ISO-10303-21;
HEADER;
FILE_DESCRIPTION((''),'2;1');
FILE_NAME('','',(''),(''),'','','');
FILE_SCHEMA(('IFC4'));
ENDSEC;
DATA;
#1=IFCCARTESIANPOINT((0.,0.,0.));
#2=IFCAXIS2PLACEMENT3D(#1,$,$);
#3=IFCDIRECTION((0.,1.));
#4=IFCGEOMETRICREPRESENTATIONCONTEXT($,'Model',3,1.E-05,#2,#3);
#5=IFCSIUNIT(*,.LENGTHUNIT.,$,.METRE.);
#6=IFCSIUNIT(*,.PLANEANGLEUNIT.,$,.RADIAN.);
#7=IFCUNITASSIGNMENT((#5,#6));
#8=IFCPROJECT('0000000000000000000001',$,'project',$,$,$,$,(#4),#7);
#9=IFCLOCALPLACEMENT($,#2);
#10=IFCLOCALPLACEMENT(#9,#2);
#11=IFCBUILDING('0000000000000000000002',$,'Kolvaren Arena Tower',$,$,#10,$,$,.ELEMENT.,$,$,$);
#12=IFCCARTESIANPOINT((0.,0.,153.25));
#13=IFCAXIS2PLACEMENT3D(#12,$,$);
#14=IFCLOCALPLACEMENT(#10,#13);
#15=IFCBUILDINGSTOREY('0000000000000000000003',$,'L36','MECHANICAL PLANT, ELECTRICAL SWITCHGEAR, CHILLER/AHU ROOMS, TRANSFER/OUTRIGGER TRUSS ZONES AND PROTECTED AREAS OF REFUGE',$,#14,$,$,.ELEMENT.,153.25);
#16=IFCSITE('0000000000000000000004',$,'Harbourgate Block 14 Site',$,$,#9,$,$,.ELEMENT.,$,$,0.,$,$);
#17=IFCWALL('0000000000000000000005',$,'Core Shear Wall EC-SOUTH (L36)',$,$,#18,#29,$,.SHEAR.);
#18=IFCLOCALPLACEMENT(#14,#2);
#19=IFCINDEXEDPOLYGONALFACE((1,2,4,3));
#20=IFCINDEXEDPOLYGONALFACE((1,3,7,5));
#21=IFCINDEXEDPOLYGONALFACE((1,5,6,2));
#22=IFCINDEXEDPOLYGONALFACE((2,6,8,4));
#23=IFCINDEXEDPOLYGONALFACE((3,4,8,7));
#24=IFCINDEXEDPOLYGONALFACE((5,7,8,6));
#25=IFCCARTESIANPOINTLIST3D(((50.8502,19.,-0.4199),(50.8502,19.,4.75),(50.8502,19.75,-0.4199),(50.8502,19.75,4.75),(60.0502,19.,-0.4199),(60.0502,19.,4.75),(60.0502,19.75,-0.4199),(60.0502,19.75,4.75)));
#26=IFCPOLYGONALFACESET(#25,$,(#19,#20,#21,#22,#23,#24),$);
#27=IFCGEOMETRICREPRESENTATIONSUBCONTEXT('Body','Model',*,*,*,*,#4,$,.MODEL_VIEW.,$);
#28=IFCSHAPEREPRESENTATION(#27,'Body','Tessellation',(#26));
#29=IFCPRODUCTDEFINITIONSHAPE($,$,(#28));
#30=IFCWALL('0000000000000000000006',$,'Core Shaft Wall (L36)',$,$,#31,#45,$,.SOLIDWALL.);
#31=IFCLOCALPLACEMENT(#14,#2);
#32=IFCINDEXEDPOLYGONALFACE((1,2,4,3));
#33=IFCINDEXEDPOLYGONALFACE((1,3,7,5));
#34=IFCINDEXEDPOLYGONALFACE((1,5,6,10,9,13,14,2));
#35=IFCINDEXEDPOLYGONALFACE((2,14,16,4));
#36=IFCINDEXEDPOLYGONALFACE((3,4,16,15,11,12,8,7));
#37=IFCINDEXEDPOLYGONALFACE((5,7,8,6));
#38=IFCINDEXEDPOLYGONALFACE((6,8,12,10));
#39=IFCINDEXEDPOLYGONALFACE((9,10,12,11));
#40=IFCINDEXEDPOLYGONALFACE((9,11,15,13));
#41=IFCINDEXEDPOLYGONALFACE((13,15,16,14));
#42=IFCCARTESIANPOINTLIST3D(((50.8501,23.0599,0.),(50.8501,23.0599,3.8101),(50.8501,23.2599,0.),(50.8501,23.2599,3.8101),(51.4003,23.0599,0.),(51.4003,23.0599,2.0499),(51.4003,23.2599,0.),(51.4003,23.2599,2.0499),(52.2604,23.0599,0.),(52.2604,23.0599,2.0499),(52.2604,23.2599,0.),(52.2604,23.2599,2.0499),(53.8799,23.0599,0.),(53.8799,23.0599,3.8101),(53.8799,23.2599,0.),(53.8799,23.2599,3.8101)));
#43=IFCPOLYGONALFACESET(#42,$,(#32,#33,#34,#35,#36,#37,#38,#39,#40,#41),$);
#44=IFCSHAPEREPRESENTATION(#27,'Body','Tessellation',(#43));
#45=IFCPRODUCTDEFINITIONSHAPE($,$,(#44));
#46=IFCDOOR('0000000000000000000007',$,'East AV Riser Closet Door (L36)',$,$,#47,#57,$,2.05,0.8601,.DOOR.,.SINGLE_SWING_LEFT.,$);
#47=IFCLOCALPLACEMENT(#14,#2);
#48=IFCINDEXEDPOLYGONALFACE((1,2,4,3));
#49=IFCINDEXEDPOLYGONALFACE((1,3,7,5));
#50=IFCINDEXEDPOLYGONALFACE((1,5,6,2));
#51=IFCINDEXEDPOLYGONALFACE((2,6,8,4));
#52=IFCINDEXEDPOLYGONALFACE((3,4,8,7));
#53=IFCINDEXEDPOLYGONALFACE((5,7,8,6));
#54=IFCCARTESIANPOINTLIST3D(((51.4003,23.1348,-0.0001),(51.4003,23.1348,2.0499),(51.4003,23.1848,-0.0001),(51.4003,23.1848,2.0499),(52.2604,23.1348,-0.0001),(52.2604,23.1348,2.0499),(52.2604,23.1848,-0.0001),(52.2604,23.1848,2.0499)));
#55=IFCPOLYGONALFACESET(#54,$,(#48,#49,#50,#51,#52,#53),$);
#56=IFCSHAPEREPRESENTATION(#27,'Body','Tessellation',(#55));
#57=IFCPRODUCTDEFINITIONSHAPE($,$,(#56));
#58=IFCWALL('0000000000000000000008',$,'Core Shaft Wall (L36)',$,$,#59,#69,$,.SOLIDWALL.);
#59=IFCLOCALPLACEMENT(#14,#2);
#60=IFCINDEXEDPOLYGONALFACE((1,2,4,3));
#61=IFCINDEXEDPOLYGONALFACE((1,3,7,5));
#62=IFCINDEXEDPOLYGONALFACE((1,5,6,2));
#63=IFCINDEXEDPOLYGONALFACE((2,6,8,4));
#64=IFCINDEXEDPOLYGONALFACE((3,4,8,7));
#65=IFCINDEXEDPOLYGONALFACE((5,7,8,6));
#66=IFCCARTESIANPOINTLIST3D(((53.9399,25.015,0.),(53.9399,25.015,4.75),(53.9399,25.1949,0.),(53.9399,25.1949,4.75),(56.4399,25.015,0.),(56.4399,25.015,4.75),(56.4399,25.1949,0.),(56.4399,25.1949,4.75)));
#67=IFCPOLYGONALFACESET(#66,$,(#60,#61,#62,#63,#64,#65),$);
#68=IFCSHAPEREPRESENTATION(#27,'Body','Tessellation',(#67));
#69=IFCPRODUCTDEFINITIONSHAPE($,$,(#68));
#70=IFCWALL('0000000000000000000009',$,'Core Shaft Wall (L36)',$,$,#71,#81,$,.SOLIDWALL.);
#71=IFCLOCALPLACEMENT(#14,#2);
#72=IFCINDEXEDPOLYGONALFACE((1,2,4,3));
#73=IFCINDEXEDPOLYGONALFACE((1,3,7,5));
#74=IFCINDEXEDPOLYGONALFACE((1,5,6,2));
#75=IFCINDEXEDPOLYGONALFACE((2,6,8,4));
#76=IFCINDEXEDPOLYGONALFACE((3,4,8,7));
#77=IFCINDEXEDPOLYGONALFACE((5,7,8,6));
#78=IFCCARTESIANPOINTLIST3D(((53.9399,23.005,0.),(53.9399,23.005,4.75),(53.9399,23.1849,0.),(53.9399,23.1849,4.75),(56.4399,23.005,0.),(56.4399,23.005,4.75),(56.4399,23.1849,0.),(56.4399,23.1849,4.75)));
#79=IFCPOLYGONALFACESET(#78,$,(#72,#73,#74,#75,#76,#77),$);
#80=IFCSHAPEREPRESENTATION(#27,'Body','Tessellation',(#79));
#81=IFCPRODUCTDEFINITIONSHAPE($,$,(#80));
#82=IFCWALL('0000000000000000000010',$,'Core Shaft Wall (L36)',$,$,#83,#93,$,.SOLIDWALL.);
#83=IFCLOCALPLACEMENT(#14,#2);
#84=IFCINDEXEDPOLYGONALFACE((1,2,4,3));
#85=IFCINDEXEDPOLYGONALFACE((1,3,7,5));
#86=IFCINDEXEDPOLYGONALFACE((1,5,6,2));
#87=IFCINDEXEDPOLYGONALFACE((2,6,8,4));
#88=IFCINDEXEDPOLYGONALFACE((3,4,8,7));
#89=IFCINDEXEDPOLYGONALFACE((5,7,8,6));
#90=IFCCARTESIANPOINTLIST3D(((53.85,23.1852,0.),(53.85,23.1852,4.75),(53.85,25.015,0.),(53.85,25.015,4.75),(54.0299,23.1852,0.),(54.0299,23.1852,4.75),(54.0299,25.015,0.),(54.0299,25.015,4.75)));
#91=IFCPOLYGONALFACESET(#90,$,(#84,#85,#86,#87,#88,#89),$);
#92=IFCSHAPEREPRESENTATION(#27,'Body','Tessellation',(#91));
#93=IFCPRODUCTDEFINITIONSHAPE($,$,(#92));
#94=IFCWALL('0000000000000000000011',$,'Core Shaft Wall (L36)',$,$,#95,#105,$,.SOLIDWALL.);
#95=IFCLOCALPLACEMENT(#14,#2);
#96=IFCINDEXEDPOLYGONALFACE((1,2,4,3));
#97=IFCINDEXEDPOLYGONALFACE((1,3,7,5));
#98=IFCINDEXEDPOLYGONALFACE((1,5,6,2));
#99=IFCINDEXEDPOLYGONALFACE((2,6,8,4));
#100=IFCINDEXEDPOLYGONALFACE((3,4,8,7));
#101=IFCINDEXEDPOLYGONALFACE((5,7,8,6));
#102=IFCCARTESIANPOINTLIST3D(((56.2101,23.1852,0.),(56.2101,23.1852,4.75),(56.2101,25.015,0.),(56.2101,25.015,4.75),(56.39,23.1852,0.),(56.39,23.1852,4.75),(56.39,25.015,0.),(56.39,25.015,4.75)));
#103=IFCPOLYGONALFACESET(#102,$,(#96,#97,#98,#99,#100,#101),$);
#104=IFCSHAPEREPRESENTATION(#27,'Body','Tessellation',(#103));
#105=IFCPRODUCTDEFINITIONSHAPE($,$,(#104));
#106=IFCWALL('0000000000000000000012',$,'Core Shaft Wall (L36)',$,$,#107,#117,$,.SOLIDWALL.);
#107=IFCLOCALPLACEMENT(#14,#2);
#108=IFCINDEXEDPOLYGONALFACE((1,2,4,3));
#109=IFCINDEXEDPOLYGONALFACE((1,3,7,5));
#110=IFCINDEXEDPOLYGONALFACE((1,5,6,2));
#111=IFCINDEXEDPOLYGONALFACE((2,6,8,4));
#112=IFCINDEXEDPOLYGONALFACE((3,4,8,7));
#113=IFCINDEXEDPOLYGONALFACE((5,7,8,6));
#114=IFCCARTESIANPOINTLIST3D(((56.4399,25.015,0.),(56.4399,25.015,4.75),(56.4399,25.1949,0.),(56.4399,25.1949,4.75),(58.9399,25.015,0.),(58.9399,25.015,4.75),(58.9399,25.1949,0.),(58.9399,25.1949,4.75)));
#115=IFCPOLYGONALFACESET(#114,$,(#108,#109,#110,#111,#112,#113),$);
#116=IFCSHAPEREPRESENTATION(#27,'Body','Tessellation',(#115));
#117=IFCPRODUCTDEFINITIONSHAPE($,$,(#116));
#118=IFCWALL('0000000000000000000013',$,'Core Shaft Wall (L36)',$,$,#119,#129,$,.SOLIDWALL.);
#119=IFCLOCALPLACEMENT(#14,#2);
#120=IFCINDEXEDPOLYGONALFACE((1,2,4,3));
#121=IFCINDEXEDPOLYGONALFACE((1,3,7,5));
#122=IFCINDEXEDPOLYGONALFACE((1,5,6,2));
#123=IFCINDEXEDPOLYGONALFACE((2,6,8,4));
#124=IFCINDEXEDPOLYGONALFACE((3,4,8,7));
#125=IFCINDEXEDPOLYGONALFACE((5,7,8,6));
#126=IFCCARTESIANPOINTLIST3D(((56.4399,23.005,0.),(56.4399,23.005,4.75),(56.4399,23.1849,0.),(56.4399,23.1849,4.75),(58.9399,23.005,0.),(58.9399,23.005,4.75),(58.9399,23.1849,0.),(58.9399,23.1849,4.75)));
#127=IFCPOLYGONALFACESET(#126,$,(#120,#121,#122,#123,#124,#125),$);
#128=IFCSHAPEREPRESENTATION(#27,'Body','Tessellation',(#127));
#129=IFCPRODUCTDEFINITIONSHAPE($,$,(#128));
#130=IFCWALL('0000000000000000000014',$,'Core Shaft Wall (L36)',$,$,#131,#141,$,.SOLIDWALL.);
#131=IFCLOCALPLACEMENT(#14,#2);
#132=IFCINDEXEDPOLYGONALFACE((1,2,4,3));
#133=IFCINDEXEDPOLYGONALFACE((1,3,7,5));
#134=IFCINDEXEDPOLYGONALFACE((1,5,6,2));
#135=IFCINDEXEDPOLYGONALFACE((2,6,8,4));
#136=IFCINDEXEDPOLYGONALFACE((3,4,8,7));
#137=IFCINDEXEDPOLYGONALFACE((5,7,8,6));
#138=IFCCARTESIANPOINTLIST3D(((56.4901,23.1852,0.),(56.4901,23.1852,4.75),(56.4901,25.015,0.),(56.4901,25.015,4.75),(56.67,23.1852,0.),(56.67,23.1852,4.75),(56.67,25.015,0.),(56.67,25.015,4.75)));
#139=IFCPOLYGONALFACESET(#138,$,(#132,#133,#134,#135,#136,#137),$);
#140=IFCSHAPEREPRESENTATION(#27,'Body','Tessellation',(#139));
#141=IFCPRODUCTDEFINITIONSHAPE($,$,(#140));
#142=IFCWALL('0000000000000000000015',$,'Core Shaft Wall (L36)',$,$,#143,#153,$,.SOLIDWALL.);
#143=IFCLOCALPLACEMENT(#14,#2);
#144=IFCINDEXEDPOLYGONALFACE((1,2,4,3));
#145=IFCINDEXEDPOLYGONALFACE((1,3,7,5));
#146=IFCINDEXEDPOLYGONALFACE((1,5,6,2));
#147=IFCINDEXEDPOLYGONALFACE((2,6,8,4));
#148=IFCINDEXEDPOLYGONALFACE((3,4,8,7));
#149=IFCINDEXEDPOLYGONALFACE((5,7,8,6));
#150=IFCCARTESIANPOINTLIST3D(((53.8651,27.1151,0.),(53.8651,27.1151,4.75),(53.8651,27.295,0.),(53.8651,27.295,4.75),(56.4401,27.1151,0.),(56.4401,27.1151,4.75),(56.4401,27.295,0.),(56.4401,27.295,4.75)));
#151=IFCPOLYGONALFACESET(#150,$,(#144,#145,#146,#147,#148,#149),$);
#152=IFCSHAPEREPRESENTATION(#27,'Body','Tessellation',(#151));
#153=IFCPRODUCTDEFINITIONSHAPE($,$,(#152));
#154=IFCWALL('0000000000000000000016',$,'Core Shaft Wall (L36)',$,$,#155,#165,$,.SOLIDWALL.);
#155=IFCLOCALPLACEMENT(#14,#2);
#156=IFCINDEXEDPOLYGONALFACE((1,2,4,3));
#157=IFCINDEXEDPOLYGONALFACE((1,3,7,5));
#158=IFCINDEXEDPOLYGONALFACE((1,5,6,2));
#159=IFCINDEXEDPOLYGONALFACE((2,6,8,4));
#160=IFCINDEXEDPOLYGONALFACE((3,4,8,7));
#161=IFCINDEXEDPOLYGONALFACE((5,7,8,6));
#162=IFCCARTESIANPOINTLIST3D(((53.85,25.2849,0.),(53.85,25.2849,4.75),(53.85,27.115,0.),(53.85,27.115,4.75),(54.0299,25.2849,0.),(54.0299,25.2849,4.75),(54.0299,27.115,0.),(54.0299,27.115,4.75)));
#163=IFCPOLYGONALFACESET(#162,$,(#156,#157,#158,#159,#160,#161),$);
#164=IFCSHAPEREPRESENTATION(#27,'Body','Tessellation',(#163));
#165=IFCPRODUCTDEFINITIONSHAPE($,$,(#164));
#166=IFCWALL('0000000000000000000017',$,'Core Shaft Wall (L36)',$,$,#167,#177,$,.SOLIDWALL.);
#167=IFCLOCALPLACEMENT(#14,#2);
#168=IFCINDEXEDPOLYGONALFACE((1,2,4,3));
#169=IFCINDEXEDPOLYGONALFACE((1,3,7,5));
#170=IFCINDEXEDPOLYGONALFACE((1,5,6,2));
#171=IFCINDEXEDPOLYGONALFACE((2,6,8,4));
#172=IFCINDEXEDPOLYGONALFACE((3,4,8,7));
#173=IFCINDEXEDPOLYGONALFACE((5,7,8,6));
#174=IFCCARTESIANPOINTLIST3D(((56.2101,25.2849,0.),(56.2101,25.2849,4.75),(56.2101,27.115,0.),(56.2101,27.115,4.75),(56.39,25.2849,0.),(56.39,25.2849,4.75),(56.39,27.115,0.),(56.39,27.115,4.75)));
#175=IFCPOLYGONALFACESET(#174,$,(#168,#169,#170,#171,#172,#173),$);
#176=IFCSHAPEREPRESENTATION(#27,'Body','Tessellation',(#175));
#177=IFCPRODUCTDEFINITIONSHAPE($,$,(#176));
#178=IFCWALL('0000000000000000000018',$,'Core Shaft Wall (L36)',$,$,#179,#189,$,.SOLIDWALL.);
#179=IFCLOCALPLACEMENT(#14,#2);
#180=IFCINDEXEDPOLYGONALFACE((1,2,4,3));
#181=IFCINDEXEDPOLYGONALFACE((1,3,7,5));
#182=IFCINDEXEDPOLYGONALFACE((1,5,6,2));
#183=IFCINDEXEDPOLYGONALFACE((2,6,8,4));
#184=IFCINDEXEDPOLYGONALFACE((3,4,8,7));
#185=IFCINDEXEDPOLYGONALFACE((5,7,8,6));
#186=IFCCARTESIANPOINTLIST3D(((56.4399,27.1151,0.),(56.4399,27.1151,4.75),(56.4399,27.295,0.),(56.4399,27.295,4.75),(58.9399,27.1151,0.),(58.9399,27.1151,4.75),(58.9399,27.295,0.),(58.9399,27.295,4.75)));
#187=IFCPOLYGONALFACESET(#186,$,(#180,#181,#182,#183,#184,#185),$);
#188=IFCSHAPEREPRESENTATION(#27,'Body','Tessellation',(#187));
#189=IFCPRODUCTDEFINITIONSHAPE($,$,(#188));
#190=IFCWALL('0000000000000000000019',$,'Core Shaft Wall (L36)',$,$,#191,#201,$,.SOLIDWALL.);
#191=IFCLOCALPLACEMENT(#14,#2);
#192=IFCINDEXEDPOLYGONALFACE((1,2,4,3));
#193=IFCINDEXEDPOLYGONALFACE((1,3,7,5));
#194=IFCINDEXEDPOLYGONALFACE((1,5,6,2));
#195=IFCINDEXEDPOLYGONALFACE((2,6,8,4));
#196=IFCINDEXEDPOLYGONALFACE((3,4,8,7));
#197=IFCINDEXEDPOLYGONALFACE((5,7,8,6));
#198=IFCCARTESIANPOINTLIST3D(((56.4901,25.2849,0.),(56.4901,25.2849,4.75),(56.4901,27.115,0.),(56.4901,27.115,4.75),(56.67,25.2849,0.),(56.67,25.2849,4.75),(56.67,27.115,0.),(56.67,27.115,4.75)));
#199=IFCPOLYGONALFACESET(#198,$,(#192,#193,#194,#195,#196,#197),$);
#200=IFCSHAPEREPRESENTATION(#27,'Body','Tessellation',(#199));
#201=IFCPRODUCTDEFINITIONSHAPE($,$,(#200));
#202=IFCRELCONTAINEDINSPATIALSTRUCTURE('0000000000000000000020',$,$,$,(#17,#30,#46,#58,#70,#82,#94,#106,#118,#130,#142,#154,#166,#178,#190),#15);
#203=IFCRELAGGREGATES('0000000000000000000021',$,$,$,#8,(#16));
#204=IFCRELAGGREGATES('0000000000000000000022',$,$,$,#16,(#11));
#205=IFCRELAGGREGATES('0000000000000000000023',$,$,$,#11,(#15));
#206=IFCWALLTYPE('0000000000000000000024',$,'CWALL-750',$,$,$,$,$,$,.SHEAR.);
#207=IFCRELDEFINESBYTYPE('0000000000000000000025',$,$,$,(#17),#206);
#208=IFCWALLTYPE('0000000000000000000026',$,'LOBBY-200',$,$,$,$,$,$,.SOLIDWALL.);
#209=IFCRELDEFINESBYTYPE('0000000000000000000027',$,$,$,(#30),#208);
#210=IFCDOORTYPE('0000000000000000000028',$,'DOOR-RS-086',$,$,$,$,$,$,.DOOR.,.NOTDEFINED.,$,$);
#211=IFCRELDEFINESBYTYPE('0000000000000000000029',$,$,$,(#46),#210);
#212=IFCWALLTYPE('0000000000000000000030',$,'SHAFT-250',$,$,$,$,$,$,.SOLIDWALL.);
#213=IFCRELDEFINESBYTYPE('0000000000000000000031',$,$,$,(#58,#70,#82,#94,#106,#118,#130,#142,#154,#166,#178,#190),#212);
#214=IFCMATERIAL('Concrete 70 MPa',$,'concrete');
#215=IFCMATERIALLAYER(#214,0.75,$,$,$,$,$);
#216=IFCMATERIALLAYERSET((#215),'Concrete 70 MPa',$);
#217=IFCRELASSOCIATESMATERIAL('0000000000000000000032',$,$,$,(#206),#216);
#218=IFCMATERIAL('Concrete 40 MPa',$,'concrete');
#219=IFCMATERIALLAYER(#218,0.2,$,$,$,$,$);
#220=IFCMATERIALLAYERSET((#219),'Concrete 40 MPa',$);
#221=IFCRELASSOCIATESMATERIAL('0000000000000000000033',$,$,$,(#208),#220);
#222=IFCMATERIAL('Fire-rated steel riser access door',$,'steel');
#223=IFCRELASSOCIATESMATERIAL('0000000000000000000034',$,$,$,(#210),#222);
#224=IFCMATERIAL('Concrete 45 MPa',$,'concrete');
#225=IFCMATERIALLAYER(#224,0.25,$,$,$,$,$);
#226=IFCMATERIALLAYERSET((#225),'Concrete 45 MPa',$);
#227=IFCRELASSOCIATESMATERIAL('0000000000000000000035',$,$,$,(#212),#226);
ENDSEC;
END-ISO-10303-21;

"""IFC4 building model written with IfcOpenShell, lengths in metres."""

from ifc_helpers import new_model, si_unit, direction, frame, frame_2d, origin, place, context, subcontext, project, spatial, rectangle, extrude, material, layer, layer_set, type_object, element, fill, save


model = new_model("IFC4")

# Units and contexts
model_context = context("Model", 3, precision=1e-05, world=origin(), true_north=direction((0.0, 1.0)))
body_context = subcontext(model_context, "Body", "Model", "MODEL_VIEW")
ifc_project = project(units=[si_unit("LENGTHUNIT", "METRE"), si_unit("PLANEANGLEUNIT", "RADIAN")], contexts=[model_context])

# Site, building, storey
site_placement = place(None, origin())
site = spatial("IfcSite", under=ifc_project, at=site_placement, Name="Harbourgate Block 14 Site", CompositionType="ELEMENT", RefElevation=0.0)
building_placement = place(site_placement, origin())
building = spatial("IfcBuilding", under=site, at=building_placement, Name="Kolvaren Arena Tower", CompositionType="ELEMENT")
storey_placement = place(building_placement, frame((0.0, 0.0, 153.25)))
storey = spatial("IfcBuildingStorey", under=building, at=storey_placement, Name="L36", Description="MECHANICAL PLANT, ELECTRICAL SWITCHGEAR, CHILLER/AHU ROOMS, TRANSFER/OUTRIGGER TRUSS ZONES AND PROTECTED AREAS OF REFUGE", CompositionType="ELEMENT", Elevation=153.25)

# Wall
ifc_material_1 = material(Name="Concrete 70 MPa", Category="concrete")
ifc_layer_1 = layer(ifc_material_1, 0.75)
ifc_layer_set_1 = layer_set([ifc_layer_1], Name="Concrete 70 MPa")
wall_type_1 = type_object("IfcWallType", Name="CWALL-750", PredefinedType="SHEAR", material=ifc_layer_set_1)
wall_1_placement = place(storey_placement, frame((50.8501, 19.375, -0.4199), z_axis=(0.0, 0.0, 1.0), x_axis=(1.0, 0.0, 0.0)))
element("IfcWall", 1, at=wall_1_placement, inside=storey, type_object=wall_type_1, Name="Core Shear Wall EC-SOUTH (L36)", PredefinedType="SHEAR", context=body_context, shape_type="SweptSolid", body=[
    extrude(rectangle(XDim=9.2, YDim=0.75, at=frame_2d((4.6001, 0.0))), origin(), (0.0, 0.0, 1.0), 5.1699),
])

# Shared definitions
ifc_material_2 = material(Name="Concrete 40 MPa", Category="concrete")
ifc_layer_2 = layer(ifc_material_2, 0.2)
ifc_layer_set_2 = layer_set([ifc_layer_2], Name="Concrete 40 MPa")
wall_type_2 = type_object("IfcWallType", Name="LOBBY-200", PredefinedType="SOLIDWALL", material=ifc_layer_set_2)

# Wall, opening, door
wall_2_placement = place(storey_placement, frame((50.8501, 23.1599, 0.0), z_axis=(0.0, 0.0, 1.0), x_axis=(1.0, 0.0, 0.0)))
wall_2 = element("IfcWall", 2, at=wall_2_placement, inside=storey, type_object=wall_type_2, Name="Core Shaft Wall (L36)", PredefinedType="SOLIDWALL", context=body_context, shape_type="SweptSolid", body=[
    extrude(rectangle(XDim=3.0298, YDim=0.2, at=frame_2d((1.5149, 0.0))), origin(), (0.0, 0.0, 1.0), 3.8101),
])
opening_1_placement = place(wall_2_placement, frame((0.55, 0.0, 0.0)))
opening_1 = element("IfcOpeningElement", 3, at=opening_1_placement, cuts=wall_2, PredefinedType="OPENING", context=body_context, shape_type="SweptSolid", body=[
    extrude(rectangle(XDim=0.8601, YDim=2.05, at=frame_2d((0.4302, 1.0249))), frame((0.0, 0.1099, 0.0), z_axis=(0.0, -1.0, 0.0), x_axis=(1.0, 0.0, 0.0)), (0.0, 0.0, 1.0), 0.22),
])
ifc_material_3 = material(Name="Fire-rated steel riser access door", Category="steel")
door_type_1 = type_object("IfcDoorType", Name="DOOR-RS-086", OperationType="NOTDEFINED", PredefinedType="DOOR", material=ifc_material_3)
door_1_placement = place(opening_1_placement, origin())
door_1 = element("IfcDoor", 4, at=door_1_placement, inside=storey, type_object=door_type_1, Name="East AV Riser Closet Door (L36)", OperationType="SINGLE_SWING_LEFT", OverallHeight=2.05, OverallWidth=0.8601, PredefinedType="DOOR", context=body_context, shape_type="SweptSolid", body=[
    extrude(rectangle(XDim=0.8601, YDim=2.05, at=frame_2d((0.4302, 1.0249))), frame((0.0, 0.0249, 0.0), z_axis=(0.0, -1.0, 0.0), x_axis=(1.0, 0.0, 0.0)), (0.0, 0.0, 1.0), 0.05),
])
fill(opening_1, door_1)

# Walls
ifc_material_4 = material(Name="Concrete 45 MPa", Category="concrete")
ifc_layer_3 = layer(ifc_material_4, 0.25)
ifc_layer_set_3 = layer_set([ifc_layer_3], Name="Concrete 45 MPa")
wall_type_3 = type_object("IfcWallType", Name="SHAFT-250", PredefinedType="SOLIDWALL", material=ifc_layer_set_3)
for number, where, z_axis, x_axis, name in (
    (5, (53.9399, 25.105, 0.0), (0.0, 0.0, 1.0), (1.0, 0.0, 0.0), "Core Shaft Wall (L36)"),
    (6, (53.9399, 23.095, 0.0), (0.0, 0.0, 1.0), (1.0, 0.0, 0.0), "Core Shaft Wall (L36)"),
):
    element("IfcWall", number, at=place(storey_placement, frame(where, z_axis=z_axis, x_axis=x_axis)), inside=storey, type_object=wall_type_3, Name=name, PredefinedType="SOLIDWALL", context=body_context, shape_type="SweptSolid", body=[
        extrude(rectangle(XDim=2.5, YDim=0.1799, at=frame_2d((1.25, 0.0))), origin(), (0.0, 0.0, 1.0), 4.75),
    ])
for number, where, z_axis, x_axis, name in (
    (7, (53.9399, 23.1851, 0.0), (0.0, 0.0, 1.0), (0.0, 1.0, 0.0), "Core Shaft Wall (L36)"),
    (8, (56.3, 23.1851, 0.0), (0.0, 0.0, 1.0), (0.0, 1.0, 0.0), "Core Shaft Wall (L36)"),
):
    element("IfcWall", number, at=place(storey_placement, frame(where, z_axis=z_axis, x_axis=x_axis)), inside=storey, type_object=wall_type_3, Name=name, PredefinedType="SOLIDWALL", context=body_context, shape_type="SweptSolid", body=[
        extrude(rectangle(XDim=1.8298, YDim=0.1799, at=frame_2d((0.915, 0.0))), origin(), (0.0, 0.0, 1.0), 4.75),
    ])
for number, where, z_axis, x_axis, name in (
    (9, (56.4399, 25.105, 0.0), (0.0, 0.0, 1.0), (1.0, 0.0, 0.0), "Core Shaft Wall (L36)"),
    (10, (56.4399, 23.095, 0.0), (0.0, 0.0, 1.0), (1.0, 0.0, 0.0), "Core Shaft Wall (L36)"),
):
    element("IfcWall", number, at=place(storey_placement, frame(where, z_axis=z_axis, x_axis=x_axis)), inside=storey, type_object=wall_type_3, Name=name, PredefinedType="SOLIDWALL", context=body_context, shape_type="SweptSolid", body=[
        extrude(rectangle(XDim=2.5, YDim=0.1799, at=frame_2d((1.25, 0.0))), origin(), (0.0, 0.0, 1.0), 4.75),
    ])
wall_3_placement = place(storey_placement, frame((56.5801, 23.1851, 0.0), z_axis=(0.0, 0.0, 1.0), x_axis=(0.0, 1.0, 0.0)))
element("IfcWall", 11, at=wall_3_placement, inside=storey, type_object=wall_type_3, Name="Core Shaft Wall (L36)", PredefinedType="SOLIDWALL", context=body_context, shape_type="SweptSolid", body=[
    extrude(rectangle(XDim=1.8298, YDim=0.1799, at=frame_2d((0.915, 0.0))), origin(), (0.0, 0.0, 1.0), 4.75),
])
wall_4_placement = place(storey_placement, frame((53.865, 27.2051, 0.0), z_axis=(0.0, 0.0, 1.0), x_axis=(1.0, 0.0, 0.0)))
element("IfcWall", 12, at=wall_4_placement, inside=storey, type_object=wall_type_3, Name="Core Shaft Wall (L36)", PredefinedType="SOLIDWALL", context=body_context, shape_type="SweptSolid", body=[
    extrude(rectangle(XDim=2.575, YDim=0.1799, at=frame_2d((1.2876, 0.0))), origin(), (0.0, 0.0, 1.0), 4.75),
])
for number, where, z_axis, x_axis, name in (
    (13, (53.9399, 25.2849, 0.0), (0.0, 0.0, 1.0), (0.0, 1.0, 0.0), "Core Shaft Wall (L36)"),
    (14, (56.3, 25.2849, 0.0), (0.0, 0.0, 1.0), (0.0, 1.0, 0.0), "Core Shaft Wall (L36)"),
):
    element("IfcWall", number, at=place(storey_placement, frame(where, z_axis=z_axis, x_axis=x_axis)), inside=storey, type_object=wall_type_3, Name=name, PredefinedType="SOLIDWALL", context=body_context, shape_type="SweptSolid", body=[
        extrude(rectangle(XDim=1.8301, YDim=0.1799, at=frame_2d((0.915, 0.0))), origin(), (0.0, 0.0, 1.0), 4.75),
    ])
wall_5_placement = place(storey_placement, frame((56.4399, 27.2051, 0.0), z_axis=(0.0, 0.0, 1.0), x_axis=(1.0, 0.0, 0.0)))
element("IfcWall", 15, at=wall_5_placement, inside=storey, type_object=wall_type_3, Name="Core Shaft Wall (L36)", PredefinedType="SOLIDWALL", context=body_context, shape_type="SweptSolid", body=[
    extrude(rectangle(XDim=2.5, YDim=0.1799, at=frame_2d((1.25, 0.0))), origin(), (0.0, 0.0, 1.0), 4.75),
])
wall_6_placement = place(storey_placement, frame((56.5801, 25.2849, 0.0), z_axis=(0.0, 0.0, 1.0), x_axis=(0.0, 1.0, 0.0)))
element("IfcWall", 16, at=wall_6_placement, inside=storey, type_object=wall_type_3, Name="Core Shaft Wall (L36)", PredefinedType="SOLIDWALL", context=body_context, shape_type="SweptSolid", body=[
    extrude(rectangle(XDim=1.8301, YDim=0.1799, at=frame_2d((0.915, 0.0))), origin(), (0.0, 0.0, 1.0), 4.75),
])

save(model, "model.ifc")
